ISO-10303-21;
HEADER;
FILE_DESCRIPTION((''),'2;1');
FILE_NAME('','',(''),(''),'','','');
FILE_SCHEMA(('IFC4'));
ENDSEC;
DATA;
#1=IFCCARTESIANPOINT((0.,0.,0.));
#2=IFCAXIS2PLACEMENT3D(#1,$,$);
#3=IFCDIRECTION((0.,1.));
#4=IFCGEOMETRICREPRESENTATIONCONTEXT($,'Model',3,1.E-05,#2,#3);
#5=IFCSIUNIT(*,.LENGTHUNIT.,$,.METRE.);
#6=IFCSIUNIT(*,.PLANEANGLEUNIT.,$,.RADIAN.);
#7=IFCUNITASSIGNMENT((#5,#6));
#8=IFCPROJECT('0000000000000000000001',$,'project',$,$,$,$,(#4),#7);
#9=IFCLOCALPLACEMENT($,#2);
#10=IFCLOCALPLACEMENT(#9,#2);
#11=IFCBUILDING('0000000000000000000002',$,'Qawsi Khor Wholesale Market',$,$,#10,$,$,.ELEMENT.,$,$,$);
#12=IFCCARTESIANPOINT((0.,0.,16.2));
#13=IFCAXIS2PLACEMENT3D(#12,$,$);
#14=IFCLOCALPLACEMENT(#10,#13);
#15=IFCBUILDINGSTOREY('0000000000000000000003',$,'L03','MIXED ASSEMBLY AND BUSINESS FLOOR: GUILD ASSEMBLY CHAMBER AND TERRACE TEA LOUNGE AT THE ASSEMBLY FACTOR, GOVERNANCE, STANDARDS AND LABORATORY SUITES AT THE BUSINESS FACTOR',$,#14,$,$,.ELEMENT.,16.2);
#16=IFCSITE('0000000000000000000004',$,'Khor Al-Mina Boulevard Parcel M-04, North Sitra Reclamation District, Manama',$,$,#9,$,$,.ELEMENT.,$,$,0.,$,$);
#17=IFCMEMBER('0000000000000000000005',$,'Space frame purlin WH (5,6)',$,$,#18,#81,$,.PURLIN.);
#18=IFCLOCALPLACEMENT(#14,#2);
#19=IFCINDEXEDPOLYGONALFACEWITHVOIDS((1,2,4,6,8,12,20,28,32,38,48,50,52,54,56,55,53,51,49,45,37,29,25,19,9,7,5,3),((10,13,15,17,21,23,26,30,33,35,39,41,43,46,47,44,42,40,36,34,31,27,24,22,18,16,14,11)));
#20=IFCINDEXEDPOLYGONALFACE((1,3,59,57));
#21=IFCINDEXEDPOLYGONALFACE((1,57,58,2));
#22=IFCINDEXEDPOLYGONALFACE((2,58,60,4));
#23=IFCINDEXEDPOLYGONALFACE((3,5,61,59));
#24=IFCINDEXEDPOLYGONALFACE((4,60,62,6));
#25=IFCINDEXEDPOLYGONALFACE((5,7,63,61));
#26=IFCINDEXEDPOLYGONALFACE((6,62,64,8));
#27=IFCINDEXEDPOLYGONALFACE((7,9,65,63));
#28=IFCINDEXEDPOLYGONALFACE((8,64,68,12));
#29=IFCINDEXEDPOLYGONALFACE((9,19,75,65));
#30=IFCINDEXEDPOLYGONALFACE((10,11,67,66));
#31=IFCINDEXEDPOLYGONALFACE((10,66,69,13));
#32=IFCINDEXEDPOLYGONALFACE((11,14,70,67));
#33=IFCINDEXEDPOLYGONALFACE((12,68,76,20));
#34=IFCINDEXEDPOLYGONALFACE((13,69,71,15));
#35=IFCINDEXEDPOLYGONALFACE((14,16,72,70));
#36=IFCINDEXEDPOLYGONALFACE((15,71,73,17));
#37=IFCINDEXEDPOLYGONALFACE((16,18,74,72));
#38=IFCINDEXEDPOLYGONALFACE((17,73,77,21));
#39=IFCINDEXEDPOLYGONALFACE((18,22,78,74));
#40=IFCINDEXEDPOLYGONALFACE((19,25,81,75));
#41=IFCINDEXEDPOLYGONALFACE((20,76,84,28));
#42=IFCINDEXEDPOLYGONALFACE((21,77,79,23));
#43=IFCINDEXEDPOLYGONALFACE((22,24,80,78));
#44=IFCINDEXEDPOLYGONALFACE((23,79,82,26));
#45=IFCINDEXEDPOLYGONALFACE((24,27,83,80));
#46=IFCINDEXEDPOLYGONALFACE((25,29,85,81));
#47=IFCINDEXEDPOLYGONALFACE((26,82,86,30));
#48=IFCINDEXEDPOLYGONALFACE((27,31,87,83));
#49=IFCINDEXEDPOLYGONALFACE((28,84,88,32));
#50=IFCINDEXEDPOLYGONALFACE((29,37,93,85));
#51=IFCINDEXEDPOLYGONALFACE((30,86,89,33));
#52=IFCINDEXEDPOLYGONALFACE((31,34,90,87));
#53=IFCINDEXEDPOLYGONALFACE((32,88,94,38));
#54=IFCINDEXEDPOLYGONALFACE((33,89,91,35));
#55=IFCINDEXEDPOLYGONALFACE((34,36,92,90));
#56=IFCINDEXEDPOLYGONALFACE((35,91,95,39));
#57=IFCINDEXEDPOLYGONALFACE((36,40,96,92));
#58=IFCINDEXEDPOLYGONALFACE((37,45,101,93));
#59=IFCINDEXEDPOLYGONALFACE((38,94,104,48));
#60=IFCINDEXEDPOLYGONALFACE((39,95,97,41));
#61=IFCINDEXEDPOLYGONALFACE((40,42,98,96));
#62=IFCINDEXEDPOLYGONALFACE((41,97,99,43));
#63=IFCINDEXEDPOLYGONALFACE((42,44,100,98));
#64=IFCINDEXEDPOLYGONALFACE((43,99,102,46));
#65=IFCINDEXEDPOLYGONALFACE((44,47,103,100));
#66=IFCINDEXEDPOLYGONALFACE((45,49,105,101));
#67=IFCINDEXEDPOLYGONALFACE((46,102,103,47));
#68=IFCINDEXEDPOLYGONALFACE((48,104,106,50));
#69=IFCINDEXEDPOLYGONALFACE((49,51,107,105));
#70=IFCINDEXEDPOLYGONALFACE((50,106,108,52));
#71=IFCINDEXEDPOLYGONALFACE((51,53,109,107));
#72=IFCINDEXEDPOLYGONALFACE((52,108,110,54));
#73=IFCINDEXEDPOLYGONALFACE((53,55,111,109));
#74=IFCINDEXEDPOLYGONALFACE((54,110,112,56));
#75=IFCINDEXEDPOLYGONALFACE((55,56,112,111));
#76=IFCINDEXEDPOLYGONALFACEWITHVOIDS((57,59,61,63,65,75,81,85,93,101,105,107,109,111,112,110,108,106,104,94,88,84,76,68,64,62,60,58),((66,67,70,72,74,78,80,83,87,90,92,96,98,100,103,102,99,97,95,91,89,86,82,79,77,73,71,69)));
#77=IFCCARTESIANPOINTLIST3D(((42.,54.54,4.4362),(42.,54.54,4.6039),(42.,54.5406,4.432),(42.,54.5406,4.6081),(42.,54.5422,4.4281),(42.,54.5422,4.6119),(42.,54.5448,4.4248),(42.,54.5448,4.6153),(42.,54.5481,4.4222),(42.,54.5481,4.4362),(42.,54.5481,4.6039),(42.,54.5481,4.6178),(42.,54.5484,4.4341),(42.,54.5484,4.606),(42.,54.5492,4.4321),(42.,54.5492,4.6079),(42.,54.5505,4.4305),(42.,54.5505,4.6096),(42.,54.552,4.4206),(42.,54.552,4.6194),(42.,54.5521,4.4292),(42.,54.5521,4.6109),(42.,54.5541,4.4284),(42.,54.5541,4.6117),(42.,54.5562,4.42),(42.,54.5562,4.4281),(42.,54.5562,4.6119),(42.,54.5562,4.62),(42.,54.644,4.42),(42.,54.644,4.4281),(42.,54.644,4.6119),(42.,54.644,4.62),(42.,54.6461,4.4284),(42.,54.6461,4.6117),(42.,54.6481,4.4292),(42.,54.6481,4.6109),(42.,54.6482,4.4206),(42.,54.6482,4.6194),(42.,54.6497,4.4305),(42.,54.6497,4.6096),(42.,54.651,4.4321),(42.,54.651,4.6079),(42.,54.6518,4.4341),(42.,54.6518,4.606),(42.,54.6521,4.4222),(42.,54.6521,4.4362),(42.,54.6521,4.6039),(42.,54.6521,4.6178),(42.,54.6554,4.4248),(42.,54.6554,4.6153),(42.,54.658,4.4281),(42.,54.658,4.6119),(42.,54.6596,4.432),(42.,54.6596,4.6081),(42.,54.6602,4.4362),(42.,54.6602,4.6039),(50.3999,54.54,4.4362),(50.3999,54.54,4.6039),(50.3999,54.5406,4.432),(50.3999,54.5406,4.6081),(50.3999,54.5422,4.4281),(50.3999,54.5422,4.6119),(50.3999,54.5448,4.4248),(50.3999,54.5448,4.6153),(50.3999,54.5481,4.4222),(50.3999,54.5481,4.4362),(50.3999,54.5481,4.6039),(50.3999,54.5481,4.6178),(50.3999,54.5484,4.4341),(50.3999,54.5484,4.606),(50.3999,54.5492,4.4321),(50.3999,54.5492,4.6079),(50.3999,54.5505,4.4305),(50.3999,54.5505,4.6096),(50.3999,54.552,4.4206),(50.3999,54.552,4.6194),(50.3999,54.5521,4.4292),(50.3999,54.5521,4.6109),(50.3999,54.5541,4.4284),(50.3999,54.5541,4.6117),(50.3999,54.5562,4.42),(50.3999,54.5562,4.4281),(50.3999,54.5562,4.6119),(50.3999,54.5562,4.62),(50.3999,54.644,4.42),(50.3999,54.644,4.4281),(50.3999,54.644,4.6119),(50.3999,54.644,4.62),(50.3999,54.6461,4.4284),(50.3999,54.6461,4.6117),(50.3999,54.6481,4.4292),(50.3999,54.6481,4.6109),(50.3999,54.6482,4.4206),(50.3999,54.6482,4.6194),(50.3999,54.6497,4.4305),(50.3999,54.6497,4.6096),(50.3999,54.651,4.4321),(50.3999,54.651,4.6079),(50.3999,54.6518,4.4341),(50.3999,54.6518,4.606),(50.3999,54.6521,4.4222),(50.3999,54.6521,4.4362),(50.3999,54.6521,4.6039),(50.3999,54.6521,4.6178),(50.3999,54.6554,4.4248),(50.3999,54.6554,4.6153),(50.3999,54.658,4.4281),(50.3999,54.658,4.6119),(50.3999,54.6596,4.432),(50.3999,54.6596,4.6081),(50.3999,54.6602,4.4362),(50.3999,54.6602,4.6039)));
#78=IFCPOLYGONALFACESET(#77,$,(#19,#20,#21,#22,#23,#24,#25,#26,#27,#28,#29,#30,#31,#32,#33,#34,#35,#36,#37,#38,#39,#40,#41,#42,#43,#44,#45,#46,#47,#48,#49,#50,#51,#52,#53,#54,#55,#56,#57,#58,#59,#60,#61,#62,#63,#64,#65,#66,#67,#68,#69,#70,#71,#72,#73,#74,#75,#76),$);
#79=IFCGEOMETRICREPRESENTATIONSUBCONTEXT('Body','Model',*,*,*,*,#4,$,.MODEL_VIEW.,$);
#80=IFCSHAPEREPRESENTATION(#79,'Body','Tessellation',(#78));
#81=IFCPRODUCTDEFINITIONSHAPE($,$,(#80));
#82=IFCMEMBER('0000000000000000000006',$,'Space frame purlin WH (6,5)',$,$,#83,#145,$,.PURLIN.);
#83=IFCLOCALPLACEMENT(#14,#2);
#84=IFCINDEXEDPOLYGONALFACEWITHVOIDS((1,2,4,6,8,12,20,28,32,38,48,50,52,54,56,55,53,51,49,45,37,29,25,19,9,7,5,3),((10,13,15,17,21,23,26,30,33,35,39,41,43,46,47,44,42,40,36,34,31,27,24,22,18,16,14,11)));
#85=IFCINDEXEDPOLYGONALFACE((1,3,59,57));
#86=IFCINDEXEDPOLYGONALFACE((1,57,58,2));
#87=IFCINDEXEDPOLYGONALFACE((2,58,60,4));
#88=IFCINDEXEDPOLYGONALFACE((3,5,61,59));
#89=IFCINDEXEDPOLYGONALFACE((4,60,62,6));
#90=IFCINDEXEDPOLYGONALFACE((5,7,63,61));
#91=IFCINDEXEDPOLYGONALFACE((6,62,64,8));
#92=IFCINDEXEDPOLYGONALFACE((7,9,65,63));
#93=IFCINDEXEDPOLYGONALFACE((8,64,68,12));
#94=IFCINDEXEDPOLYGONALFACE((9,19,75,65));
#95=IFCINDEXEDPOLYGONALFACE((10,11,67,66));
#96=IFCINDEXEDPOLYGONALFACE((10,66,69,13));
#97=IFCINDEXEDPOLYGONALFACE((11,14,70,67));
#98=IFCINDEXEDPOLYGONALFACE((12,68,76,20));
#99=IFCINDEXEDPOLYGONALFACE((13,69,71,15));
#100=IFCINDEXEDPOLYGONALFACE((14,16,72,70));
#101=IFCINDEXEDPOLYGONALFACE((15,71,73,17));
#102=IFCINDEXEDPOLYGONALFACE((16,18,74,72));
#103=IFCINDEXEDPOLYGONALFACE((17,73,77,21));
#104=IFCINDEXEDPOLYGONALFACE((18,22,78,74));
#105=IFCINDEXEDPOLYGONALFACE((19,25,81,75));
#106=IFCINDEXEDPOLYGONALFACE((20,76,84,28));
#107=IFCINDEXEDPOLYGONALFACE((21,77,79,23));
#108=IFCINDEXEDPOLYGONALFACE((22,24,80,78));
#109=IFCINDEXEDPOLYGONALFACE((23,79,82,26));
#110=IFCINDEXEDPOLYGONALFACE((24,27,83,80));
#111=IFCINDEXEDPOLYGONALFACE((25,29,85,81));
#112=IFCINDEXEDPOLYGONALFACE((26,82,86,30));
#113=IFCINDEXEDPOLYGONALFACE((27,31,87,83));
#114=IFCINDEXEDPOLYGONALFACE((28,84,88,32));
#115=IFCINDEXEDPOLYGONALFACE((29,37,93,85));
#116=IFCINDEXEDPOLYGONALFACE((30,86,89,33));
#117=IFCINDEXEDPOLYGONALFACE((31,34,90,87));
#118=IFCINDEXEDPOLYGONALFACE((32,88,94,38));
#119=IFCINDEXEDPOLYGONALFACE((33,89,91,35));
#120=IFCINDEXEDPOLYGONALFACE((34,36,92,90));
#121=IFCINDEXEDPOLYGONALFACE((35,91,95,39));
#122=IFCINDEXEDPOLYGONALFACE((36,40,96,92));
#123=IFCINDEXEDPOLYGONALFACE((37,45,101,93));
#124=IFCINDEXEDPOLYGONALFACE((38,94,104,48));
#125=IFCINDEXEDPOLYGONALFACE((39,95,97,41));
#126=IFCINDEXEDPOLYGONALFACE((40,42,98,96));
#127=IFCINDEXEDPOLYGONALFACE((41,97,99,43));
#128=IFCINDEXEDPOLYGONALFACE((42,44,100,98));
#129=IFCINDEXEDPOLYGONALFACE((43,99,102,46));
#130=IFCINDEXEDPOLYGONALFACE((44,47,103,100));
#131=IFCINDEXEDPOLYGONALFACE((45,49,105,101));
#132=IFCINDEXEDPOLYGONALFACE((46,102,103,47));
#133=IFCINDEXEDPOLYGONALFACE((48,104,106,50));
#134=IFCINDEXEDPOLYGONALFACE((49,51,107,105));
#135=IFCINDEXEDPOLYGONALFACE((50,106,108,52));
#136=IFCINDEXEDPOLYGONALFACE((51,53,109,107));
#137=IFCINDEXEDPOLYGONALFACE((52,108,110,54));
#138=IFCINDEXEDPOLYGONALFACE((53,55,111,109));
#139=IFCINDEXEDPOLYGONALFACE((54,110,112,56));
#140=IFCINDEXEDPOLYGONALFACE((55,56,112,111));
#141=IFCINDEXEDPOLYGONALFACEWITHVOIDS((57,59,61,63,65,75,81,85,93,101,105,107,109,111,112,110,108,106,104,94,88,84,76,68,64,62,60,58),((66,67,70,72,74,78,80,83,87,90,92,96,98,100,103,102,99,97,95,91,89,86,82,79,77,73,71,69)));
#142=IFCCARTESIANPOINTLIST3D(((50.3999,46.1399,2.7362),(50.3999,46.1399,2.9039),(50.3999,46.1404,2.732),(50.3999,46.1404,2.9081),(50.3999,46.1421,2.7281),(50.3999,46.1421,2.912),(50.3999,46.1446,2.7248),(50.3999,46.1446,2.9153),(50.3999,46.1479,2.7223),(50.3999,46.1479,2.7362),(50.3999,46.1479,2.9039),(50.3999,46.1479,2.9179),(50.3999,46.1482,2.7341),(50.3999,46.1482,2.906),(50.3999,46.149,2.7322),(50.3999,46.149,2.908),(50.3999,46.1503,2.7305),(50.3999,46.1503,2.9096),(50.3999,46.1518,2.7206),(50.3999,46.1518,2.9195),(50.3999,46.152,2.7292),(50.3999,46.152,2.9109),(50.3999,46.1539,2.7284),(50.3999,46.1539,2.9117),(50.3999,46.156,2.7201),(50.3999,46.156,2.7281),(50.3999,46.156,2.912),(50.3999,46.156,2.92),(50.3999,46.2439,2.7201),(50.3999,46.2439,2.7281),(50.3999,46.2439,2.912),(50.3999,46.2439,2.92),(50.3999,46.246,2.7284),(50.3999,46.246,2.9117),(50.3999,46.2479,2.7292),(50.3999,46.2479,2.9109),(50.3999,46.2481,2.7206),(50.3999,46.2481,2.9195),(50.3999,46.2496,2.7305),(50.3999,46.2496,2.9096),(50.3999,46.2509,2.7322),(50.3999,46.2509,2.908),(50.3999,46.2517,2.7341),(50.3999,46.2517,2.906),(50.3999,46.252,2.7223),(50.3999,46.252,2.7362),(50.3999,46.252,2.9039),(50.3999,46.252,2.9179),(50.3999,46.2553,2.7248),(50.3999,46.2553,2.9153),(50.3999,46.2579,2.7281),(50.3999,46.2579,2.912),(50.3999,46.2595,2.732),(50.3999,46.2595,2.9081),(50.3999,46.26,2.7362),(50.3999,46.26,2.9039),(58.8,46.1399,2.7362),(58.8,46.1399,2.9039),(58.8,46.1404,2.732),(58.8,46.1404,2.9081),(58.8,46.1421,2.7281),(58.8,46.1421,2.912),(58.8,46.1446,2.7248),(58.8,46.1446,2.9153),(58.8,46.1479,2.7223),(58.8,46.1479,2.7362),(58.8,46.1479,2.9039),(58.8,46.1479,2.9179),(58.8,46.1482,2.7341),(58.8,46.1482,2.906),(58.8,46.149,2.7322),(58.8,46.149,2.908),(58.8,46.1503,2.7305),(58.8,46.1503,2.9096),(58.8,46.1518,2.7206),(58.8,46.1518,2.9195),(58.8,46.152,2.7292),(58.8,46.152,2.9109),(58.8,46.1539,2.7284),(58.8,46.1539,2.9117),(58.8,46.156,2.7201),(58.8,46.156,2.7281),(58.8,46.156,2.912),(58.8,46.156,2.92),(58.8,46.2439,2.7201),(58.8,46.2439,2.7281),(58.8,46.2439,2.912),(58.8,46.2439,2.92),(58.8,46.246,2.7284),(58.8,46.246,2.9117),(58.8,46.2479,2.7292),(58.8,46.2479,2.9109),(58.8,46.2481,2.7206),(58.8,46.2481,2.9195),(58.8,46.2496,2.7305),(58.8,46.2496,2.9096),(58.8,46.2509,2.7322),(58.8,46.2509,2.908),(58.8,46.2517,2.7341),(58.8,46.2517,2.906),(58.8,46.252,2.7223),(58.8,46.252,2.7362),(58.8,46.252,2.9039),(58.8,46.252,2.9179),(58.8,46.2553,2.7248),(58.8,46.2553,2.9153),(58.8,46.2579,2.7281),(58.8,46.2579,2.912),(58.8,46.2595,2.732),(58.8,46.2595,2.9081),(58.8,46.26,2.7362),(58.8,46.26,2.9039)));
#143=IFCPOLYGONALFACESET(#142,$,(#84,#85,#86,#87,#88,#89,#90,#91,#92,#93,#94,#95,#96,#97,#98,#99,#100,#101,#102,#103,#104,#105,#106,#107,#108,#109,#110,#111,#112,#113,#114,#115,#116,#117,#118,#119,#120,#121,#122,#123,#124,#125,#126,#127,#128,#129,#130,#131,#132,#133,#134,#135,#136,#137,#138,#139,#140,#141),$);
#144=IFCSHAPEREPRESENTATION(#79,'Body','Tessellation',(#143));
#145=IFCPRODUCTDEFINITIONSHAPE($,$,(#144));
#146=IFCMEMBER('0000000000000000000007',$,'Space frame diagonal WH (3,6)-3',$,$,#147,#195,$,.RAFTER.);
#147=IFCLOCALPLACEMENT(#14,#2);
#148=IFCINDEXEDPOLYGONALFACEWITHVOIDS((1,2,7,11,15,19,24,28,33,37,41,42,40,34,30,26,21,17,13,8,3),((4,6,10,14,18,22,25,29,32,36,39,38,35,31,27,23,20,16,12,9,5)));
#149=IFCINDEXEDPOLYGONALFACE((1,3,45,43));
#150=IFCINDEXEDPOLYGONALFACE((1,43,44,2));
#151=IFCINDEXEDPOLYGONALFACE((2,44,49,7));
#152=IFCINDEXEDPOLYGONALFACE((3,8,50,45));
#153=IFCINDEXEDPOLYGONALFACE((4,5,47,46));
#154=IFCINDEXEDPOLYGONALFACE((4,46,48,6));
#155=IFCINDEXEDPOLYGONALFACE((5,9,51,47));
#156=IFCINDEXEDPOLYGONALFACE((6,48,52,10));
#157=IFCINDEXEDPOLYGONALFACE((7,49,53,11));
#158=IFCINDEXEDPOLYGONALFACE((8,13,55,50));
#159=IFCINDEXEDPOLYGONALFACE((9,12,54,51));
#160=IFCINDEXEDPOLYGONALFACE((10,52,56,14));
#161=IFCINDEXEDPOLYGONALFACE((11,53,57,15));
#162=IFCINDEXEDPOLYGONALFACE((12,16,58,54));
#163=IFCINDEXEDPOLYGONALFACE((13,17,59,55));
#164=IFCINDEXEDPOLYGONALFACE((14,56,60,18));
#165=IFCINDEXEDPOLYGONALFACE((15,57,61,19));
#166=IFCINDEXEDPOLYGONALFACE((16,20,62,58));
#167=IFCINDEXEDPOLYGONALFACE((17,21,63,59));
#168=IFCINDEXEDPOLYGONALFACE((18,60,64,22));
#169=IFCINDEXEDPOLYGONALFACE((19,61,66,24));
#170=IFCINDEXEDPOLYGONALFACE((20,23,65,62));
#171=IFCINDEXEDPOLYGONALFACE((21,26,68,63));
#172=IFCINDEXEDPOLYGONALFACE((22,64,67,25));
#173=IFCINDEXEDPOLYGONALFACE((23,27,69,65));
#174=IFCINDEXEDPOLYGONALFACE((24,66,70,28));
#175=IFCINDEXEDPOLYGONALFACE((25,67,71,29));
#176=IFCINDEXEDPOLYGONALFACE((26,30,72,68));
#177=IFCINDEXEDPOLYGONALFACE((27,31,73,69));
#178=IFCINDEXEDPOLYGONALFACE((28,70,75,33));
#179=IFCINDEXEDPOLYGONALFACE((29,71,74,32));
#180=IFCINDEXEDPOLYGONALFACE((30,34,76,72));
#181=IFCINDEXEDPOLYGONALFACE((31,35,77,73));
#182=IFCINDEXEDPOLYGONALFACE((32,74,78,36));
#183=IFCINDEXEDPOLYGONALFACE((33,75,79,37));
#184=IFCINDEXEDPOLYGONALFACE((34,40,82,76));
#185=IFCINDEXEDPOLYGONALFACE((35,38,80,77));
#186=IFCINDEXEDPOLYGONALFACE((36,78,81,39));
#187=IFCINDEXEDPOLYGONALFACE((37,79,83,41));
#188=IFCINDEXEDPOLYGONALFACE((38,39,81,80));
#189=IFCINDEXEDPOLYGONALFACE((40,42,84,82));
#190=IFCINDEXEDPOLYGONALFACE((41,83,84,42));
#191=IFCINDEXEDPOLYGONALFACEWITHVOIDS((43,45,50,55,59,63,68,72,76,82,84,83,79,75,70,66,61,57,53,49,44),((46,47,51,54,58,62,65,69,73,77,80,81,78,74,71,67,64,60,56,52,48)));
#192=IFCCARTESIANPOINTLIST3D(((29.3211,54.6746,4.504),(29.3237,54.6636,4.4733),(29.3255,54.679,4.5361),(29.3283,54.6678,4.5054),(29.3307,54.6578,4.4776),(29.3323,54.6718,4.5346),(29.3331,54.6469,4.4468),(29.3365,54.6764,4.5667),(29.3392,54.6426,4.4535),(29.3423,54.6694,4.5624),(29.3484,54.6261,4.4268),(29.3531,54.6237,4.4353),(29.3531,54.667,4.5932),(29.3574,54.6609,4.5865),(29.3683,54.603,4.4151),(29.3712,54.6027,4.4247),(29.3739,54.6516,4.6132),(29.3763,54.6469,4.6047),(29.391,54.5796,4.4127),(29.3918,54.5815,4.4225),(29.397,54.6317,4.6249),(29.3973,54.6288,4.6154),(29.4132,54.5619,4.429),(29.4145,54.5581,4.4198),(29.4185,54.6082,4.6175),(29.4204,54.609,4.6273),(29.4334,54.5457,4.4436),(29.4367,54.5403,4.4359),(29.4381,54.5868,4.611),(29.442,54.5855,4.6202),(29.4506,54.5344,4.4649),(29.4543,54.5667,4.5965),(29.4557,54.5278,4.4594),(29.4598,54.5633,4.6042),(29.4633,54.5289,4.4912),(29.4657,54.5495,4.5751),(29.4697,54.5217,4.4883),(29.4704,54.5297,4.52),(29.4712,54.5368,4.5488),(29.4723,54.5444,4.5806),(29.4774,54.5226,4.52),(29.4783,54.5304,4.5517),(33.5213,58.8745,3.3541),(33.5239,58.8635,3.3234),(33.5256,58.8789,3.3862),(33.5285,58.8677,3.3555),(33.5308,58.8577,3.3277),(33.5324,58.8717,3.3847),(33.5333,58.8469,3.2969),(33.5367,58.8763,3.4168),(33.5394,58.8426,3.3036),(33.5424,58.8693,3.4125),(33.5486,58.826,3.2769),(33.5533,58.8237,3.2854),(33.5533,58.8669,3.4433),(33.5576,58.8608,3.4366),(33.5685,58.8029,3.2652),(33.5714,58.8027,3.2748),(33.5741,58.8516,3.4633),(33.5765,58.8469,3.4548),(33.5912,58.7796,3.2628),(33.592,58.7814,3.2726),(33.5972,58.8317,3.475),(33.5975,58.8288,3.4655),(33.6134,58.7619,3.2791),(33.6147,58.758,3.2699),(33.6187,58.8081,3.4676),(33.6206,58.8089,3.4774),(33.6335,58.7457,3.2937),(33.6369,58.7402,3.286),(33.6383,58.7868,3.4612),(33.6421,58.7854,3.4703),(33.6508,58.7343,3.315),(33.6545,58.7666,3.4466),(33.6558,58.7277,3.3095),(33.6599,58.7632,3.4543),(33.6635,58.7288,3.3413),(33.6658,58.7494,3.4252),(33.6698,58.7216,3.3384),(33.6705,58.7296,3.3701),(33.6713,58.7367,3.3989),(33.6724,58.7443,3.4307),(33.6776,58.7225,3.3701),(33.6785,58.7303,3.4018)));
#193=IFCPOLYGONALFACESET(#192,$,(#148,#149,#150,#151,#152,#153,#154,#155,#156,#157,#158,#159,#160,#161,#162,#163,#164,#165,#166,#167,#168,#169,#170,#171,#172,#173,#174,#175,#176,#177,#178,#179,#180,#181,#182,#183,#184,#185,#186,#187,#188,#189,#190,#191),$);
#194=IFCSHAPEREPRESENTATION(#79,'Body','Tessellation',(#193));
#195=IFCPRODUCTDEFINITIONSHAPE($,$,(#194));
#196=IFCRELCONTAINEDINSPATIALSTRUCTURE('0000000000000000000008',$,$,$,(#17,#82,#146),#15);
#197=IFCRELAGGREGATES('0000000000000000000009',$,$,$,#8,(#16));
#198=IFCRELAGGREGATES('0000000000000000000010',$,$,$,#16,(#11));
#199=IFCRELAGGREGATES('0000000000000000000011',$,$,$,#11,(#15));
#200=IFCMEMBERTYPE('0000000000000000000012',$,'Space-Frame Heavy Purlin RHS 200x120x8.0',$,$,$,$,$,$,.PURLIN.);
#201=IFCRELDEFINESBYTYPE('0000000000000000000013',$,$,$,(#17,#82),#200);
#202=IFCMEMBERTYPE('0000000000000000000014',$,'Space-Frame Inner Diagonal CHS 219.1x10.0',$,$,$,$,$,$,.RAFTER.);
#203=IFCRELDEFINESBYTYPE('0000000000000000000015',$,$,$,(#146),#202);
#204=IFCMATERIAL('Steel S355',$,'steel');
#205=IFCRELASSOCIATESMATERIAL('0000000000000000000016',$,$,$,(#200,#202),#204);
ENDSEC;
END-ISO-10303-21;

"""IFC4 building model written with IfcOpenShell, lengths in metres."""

from ifc_helpers import new_model, si_unit, direction, frame, origin, origin_2d, place, context, subcontext, project, spatial, hollow_rectangle, hollow_circle, extrude, material, material_profile, profile_set, type_object, element, save


model = new_model("IFC4")

# Units and contexts
model_context = context("Model", 3, precision=1e-05, world=origin(), true_north=direction((0.0, 1.0)))
body_context = subcontext(model_context, "Body", "Model", "MODEL_VIEW")
ifc_project = project(units=[si_unit("LENGTHUNIT", "METRE"), si_unit("PLANEANGLEUNIT", "RADIAN")], contexts=[model_context])

# Site, building, storey
site_placement = place(None, origin())
site = spatial("IfcSite", under=ifc_project, at=site_placement, Name="Khor Al-Mina Boulevard Parcel M-04, North Sitra Reclamation District, Manama", CompositionType="ELEMENT", RefElevation=0.0)
building_placement = place(site_placement, origin())
building = spatial("IfcBuilding", under=site, at=building_placement, Name="Qawsi Khor Wholesale Market", CompositionType="ELEMENT")
storey_placement = place(building_placement, frame((0.0, 0.0, 16.2)))
storey = spatial("IfcBuildingStorey", under=building, at=storey_placement, Name="L03", Description="MIXED ASSEMBLY AND BUSINESS FLOOR: GUILD ASSEMBLY CHAMBER AND TERRACE TEA LOUNGE AT THE ASSEMBLY FACTOR, GOVERNANCE, STANDARDS AND LABORATORY SUITES AT THE BUSINESS FACTOR", CompositionType="ELEMENT", Elevation=16.2)

# Members
ifc_material_1 = material(Name="Steel S355", Category="steel")
ifc_material_profile_1 = material_profile(ifc_material_1, hollow_rectangle(XDim=0.1201, YDim=0.2, WallThickness=0.0081, InnerFilletRadius=0.0081, OuterFilletRadius=0.0161, at=origin_2d()), Name="RHS 200x120x8.0")
ifc_profile_set_1 = profile_set([ifc_material_profile_1], Name="Steel S355")
member_type_1 = type_object("IfcMemberType", Name="Space-Frame Heavy Purlin RHS 200x120x8.0", PredefinedType="PURLIN", material=ifc_profile_set_1)
for number, where, z_axis, x_axis, name in (
    (1, (42.0, 54.6001, 4.52), (1.0, 0.0, 0.0), (0.0, 1.0, 0.0), "Space frame purlin WH (5,6)"),
):
    element("IfcMember", number, at=place(storey_placement, frame(where, z_axis=z_axis, x_axis=x_axis)), inside=storey, type_object=member_type_1, Name=name, PredefinedType="PURLIN", context=body_context, shape_type="SweptSolid", body=[
        extrude(hollow_rectangle(XDim=0.1201, YDim=0.2, WallThickness=0.0081, InnerFilletRadius=0.0081, OuterFilletRadius=0.0161, at=origin_2d()), origin(), (0.0, 0.0, 1.0), 8.3999),
    ])
member_1_placement = place(storey_placement, frame((50.3999, 46.2, 2.8201), z_axis=(1.0, 0.0, 0.0), x_axis=(0.0, 1.0, 0.0)))
element("IfcMember", 2, at=member_1_placement, inside=storey, type_object=member_type_1, Name="Space frame purlin WH (6,5)", PredefinedType="PURLIN", context=body_context, shape_type="SweptSolid", body=[
    extrude(hollow_rectangle(XDim=0.1201, YDim=0.2, WallThickness=0.0081, InnerFilletRadius=0.0081, OuterFilletRadius=0.0161, at=origin_2d()), origin(), (0.0, 0.0, 1.0), 8.4001),
])
ifc_material_profile_2 = material_profile(ifc_material_1, hollow_circle(Radius=0.1096, WallThickness=0.01, at=origin_2d()), Name="CHS 219.1x10.0")
ifc_profile_set_2 = profile_set([ifc_material_profile_2], Name="Steel S355")
member_type_2 = type_object("IfcMemberType", Name="Space-Frame Inner Diagonal CHS 219.1x10.0", PredefinedType="RAFTER", material=ifc_profile_set_2)
member_2_placement = place(storey_placement, frame((33.6001, 58.8, 3.3701), z_axis=(-0.694238, -0.694197, 0.190064), x_axis=(0.707086, -0.707127, 0.0)))
element("IfcMember", 3, at=member_2_placement, inside=storey, type_object=member_type_2, Name="Space frame diagonal WH (3,6)-3", PredefinedType="RAFTER", context=body_context, shape_type="SweptSolid", body=[
    extrude(hollow_circle(Radius=0.1096, WallThickness=0.01, at=origin_2d()), origin(), (0.0, 0.0, 1.0), 6.05),
])

save(model, "model.ifc")
